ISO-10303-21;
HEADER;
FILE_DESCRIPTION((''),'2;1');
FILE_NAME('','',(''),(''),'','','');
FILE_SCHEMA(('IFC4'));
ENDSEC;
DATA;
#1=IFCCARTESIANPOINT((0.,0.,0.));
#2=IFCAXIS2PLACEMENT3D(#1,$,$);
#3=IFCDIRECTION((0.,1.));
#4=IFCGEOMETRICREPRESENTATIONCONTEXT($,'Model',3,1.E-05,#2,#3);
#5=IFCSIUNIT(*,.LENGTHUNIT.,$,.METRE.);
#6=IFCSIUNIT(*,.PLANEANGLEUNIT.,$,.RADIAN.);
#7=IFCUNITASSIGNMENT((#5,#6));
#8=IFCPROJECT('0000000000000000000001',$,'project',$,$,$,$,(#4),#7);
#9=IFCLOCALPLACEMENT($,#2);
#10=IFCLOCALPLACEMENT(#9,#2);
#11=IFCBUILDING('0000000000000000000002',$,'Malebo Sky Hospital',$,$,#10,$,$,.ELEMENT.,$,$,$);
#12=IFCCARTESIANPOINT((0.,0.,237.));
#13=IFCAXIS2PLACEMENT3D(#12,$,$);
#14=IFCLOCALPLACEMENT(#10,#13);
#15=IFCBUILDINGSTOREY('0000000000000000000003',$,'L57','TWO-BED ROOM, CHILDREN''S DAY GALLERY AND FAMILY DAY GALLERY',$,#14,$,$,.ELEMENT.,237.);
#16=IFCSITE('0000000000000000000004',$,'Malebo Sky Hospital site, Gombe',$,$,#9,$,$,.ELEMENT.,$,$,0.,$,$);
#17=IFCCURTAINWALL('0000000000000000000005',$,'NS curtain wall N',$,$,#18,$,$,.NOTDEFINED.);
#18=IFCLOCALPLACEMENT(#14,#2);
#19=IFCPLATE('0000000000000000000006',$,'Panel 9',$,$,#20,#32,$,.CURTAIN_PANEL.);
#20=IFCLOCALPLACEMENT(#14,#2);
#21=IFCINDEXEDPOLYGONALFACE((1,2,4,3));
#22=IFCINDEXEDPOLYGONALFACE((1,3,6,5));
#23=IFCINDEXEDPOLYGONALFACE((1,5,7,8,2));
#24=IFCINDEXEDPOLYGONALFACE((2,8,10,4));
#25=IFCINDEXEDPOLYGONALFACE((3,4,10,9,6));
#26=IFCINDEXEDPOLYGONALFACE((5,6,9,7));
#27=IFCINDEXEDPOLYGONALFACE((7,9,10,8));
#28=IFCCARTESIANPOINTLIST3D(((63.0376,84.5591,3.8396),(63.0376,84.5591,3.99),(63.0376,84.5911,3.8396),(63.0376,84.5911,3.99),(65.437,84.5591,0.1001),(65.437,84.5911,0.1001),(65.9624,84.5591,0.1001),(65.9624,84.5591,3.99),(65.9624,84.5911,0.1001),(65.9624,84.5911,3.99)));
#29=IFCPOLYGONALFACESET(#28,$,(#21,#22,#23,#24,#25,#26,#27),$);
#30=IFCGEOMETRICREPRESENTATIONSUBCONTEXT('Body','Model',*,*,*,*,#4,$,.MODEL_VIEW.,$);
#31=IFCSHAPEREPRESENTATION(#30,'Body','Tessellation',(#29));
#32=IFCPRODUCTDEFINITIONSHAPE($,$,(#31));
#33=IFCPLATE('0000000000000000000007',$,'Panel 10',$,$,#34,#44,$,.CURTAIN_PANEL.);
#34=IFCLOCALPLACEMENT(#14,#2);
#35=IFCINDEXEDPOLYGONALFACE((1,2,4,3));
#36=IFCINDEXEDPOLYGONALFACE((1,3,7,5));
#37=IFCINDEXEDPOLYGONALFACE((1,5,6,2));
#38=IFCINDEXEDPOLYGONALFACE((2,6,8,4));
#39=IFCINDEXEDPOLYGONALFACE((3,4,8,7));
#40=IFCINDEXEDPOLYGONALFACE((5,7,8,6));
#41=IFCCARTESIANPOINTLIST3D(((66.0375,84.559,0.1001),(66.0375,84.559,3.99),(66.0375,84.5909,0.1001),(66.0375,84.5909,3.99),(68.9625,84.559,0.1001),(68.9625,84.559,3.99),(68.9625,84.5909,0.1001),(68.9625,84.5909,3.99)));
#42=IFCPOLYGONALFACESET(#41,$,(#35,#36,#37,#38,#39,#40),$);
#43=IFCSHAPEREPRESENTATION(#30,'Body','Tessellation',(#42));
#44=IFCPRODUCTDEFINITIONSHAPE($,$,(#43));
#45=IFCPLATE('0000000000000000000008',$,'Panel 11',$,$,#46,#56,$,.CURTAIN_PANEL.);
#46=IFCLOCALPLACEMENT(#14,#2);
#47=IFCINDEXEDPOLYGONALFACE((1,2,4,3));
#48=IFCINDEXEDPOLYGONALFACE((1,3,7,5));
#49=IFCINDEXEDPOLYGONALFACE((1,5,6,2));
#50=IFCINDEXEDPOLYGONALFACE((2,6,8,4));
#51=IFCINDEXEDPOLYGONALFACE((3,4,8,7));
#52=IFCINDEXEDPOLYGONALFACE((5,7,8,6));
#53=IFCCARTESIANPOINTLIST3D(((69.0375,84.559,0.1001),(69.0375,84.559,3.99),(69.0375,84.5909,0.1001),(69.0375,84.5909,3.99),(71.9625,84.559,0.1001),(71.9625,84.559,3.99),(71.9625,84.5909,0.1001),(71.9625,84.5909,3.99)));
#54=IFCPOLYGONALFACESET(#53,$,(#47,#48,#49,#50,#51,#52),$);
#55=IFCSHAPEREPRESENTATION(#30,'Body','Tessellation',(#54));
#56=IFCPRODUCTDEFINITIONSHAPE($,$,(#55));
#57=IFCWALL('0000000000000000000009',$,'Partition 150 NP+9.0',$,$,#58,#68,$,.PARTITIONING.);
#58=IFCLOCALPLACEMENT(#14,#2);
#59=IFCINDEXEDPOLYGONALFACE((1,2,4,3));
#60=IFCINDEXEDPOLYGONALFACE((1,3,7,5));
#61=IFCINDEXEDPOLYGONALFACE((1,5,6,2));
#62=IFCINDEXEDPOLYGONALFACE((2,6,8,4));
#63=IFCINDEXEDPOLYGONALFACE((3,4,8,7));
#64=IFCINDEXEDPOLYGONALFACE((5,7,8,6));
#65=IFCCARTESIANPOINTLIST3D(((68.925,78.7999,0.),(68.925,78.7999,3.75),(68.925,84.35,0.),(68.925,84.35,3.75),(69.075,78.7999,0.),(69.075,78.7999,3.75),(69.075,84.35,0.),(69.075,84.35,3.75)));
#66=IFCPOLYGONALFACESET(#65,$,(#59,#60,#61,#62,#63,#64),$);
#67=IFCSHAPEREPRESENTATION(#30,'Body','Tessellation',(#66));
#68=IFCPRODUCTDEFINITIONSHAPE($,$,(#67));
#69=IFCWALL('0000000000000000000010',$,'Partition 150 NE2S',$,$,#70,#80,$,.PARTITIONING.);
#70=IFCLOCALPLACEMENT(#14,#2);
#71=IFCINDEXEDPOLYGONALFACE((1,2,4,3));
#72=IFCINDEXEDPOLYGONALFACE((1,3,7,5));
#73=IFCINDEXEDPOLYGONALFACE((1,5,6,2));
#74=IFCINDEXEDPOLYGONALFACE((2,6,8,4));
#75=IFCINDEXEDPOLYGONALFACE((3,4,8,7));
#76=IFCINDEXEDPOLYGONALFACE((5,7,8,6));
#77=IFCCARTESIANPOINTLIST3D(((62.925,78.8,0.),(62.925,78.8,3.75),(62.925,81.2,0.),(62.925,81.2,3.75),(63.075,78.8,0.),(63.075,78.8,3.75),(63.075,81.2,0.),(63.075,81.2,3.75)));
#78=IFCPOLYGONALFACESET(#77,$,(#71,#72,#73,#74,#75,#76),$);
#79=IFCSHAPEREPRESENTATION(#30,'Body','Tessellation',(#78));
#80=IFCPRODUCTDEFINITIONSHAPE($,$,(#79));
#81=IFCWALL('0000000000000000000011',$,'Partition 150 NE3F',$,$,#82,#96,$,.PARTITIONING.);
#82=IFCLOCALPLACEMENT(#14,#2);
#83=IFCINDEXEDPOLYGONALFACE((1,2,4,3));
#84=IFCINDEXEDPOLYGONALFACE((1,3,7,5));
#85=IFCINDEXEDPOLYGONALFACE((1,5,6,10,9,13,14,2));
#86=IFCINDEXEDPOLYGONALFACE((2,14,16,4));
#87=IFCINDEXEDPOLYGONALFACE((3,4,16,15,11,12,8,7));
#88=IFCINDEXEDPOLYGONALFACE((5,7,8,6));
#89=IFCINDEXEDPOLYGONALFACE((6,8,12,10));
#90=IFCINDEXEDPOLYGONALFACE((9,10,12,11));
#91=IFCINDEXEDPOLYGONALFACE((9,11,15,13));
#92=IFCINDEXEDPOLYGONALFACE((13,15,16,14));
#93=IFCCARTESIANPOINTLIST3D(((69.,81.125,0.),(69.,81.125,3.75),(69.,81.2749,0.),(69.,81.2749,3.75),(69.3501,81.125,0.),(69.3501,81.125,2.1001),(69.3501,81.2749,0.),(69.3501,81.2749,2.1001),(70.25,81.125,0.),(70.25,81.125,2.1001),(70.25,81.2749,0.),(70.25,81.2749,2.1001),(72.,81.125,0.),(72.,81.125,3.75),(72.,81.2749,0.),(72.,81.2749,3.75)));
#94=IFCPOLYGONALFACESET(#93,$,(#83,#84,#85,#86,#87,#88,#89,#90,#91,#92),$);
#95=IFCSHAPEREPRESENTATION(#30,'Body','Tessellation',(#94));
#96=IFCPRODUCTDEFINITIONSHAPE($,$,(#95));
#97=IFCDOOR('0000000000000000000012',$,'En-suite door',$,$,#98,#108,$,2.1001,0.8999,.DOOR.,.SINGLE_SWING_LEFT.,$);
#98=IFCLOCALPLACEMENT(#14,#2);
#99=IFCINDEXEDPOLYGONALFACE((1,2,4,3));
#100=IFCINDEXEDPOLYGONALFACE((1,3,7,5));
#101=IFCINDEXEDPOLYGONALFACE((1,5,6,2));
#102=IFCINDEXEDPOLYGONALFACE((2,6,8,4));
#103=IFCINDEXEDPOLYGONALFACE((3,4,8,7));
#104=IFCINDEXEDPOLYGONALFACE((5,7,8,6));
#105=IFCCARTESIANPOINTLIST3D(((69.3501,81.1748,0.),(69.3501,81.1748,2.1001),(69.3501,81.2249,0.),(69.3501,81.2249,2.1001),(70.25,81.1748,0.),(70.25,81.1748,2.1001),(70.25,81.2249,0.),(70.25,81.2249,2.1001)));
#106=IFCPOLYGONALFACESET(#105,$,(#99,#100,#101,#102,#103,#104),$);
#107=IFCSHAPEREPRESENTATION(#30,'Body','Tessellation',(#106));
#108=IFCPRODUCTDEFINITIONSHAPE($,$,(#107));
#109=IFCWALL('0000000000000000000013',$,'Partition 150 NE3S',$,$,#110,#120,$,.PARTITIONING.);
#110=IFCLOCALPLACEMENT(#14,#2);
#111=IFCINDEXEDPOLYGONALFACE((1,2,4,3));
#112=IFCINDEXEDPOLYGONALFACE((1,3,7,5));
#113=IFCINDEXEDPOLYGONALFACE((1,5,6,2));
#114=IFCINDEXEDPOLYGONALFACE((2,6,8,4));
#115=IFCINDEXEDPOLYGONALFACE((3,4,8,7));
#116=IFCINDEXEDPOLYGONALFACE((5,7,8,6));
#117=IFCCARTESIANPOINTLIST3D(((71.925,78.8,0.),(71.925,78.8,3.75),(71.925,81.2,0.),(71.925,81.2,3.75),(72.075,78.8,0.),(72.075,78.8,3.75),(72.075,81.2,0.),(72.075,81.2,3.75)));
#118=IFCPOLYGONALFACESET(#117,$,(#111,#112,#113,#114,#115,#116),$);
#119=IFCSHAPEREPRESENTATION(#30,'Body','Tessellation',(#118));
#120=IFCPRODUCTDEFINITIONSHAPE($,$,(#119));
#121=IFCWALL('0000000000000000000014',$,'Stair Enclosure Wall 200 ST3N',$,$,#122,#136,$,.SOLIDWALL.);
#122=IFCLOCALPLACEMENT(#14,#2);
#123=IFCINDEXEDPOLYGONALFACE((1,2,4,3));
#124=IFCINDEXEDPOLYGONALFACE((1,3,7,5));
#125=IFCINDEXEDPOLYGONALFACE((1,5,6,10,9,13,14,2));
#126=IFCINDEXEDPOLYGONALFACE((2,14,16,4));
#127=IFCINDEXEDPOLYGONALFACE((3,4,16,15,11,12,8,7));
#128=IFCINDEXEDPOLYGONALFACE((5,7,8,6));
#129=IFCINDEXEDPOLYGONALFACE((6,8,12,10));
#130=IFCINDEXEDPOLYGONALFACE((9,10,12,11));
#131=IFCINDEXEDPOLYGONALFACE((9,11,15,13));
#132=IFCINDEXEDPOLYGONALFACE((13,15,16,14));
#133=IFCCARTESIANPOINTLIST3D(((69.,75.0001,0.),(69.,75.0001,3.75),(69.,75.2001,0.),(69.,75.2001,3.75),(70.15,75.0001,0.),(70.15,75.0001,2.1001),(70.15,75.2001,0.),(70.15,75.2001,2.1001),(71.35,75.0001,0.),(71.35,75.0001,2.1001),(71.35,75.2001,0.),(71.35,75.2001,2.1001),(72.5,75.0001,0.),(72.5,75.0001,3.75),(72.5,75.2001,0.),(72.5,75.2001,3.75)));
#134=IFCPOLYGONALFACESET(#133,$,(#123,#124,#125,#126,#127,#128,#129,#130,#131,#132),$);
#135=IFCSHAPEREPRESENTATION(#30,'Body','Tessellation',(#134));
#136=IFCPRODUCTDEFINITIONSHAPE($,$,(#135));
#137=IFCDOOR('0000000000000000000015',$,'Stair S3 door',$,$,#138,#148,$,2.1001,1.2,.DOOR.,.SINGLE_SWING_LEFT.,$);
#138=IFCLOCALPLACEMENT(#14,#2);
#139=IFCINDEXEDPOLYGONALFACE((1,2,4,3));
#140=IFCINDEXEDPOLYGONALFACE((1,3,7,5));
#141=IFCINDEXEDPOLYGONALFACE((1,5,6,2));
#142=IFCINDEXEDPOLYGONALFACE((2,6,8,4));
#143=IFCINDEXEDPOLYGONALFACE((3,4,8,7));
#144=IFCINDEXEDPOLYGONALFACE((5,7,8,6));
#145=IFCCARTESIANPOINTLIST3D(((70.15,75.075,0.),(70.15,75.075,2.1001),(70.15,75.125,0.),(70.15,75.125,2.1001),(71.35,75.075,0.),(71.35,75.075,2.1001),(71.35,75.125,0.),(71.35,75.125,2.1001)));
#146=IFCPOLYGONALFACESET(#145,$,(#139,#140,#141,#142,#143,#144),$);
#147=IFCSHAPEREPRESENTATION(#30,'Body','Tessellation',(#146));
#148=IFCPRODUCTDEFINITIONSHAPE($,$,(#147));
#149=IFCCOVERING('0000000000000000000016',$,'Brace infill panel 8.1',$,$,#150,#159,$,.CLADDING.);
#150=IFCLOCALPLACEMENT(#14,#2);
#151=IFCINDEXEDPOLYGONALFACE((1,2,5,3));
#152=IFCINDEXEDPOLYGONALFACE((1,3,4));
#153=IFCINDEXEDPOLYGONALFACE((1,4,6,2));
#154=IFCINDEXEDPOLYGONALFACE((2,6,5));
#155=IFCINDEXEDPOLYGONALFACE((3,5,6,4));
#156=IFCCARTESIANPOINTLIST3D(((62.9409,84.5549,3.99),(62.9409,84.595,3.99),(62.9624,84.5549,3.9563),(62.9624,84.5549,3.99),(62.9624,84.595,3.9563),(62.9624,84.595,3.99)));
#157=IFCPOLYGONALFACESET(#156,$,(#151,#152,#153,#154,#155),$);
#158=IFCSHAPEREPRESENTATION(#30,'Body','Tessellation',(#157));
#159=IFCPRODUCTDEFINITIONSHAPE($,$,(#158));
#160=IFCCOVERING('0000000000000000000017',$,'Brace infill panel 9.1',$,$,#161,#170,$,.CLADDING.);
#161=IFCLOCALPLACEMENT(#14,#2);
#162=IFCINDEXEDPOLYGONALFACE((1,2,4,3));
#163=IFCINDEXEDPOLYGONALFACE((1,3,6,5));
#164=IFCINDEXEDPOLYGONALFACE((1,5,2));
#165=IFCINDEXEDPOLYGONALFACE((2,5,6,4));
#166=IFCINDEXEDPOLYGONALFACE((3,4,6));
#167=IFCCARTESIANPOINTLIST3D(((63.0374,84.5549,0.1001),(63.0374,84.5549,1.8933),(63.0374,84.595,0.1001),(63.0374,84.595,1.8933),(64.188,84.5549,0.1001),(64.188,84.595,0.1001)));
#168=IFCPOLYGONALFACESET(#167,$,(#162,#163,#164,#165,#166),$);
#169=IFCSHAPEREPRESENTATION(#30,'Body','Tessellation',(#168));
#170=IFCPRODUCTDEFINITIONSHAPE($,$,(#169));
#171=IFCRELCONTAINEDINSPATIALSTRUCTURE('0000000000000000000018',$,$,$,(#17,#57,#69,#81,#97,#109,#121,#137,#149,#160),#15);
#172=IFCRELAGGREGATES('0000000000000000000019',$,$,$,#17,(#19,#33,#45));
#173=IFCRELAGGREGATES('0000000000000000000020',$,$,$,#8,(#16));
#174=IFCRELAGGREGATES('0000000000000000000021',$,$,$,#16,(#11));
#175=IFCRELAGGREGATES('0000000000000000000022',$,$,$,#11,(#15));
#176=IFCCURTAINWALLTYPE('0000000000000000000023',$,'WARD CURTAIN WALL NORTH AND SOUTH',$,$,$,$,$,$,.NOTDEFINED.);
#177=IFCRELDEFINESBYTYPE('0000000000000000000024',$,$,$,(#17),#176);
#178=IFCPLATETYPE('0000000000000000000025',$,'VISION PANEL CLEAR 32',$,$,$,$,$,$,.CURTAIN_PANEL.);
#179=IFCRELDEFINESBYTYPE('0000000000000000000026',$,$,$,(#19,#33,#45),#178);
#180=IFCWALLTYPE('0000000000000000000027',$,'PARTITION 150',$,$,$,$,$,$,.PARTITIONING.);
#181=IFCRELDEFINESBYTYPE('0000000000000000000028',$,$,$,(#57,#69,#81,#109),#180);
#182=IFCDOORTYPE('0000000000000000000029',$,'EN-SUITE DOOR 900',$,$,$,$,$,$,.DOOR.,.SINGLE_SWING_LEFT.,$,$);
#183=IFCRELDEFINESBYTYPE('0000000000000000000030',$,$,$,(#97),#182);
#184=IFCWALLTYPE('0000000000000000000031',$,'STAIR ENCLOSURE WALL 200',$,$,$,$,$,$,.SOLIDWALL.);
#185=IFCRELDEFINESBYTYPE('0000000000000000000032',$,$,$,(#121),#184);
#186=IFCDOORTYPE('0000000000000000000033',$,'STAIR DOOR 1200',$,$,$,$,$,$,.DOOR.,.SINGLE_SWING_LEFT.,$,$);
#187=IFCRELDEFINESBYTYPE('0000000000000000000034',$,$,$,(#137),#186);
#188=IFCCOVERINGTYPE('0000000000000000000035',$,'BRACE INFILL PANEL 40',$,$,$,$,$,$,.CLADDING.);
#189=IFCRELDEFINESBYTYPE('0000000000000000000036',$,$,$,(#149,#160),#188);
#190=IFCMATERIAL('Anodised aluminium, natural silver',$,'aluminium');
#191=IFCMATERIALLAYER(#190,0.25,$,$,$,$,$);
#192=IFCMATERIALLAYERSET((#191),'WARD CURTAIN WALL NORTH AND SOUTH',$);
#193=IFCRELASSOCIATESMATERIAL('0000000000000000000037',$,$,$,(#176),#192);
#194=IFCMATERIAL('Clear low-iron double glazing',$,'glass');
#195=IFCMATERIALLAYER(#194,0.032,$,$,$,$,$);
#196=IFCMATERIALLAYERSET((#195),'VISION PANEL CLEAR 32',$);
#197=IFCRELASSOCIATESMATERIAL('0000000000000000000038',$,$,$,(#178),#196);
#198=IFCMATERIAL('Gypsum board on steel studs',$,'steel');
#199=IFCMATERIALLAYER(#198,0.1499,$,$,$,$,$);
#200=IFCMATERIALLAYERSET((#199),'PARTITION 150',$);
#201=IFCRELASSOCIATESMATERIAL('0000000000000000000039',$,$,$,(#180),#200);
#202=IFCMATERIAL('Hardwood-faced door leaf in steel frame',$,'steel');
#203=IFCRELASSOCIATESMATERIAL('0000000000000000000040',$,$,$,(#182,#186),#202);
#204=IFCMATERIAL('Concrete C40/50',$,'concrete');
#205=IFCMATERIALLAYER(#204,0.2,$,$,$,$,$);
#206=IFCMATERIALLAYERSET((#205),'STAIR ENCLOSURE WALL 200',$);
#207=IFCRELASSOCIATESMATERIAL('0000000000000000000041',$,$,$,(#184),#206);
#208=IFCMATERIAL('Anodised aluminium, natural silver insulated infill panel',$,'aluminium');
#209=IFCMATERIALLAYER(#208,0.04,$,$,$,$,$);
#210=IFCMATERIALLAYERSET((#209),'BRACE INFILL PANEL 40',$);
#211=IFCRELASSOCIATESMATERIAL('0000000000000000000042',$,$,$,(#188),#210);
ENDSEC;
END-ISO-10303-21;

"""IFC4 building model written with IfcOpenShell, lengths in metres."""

from ifc_helpers import new_model, si_unit, direction, frame, frame_2d, origin, origin_2d, place, context, subcontext, project, spatial, polyline, rectangle, outline, extrude, material, layer, layer_set, type_object, element, fill, aggregate, save


model = new_model("IFC4")

# Units and contexts
model_context = context("Model", 3, precision=1e-05, world=origin(), true_north=direction((0.0, 1.0)))
body_context = subcontext(model_context, "Body", "Model", "MODEL_VIEW")
ifc_project = project(units=[si_unit("LENGTHUNIT", "METRE"), si_unit("PLANEANGLEUNIT", "RADIAN")], contexts=[model_context])

# Site, building, storey
site_placement = place(None, origin())
site = spatial("IfcSite", under=ifc_project, at=site_placement, Name="Malebo Sky Hospital site, Gombe", CompositionType="ELEMENT", RefElevation=0.0)
building_placement = place(site_placement, origin())
building = spatial("IfcBuilding", under=site, at=building_placement, Name="Malebo Sky Hospital", CompositionType="ELEMENT")
storey_placement = place(building_placement, frame((0.0, 0.0, 237.0)))
storey = spatial("IfcBuildingStorey", under=building, at=storey_placement, Name="L57", Description="TWO-BED ROOM, CHILDREN'S DAY GALLERY AND FAMILY DAY GALLERY", CompositionType="ELEMENT", Elevation=237.0)

# Curtain wall
ifc_material_1 = material(Name="Anodised aluminium, natural silver", Category="aluminium")
ifc_layer_1 = layer(ifc_material_1, 0.25)
ifc_layer_set_1 = layer_set([ifc_layer_1], Name="WARD CURTAIN WALL NORTH AND SOUTH")
curtain_wall_type = type_object("IfcCurtainWallType", Name="WARD CURTAIN WALL NORTH AND SOUTH", PredefinedType="NOTDEFINED", material=ifc_layer_set_1)
curtain_wall_placement = place(storey_placement, origin())
curtain_wall = element("IfcCurtainWall", 1, at=curtain_wall_placement, inside=storey, type_object=curtain_wall_type, Name="NS curtain wall N", PredefinedType="NOTDEFINED")

# Plates
ifc_material_2 = material(Name="Clear low-iron double glazing", Category="glass")
ifc_layer_2 = layer(ifc_material_2, 0.032)
ifc_layer_set_2 = layer_set([ifc_layer_2], Name="VISION PANEL CLEAR 32")
plate_type = type_object("IfcPlateType", Name="VISION PANEL CLEAR 32", PredefinedType="CURTAIN_PANEL", material=ifc_layer_set_2)
plate_1_placement = place(storey_placement, frame((64.5, 84.575, 0.1001), z_axis=(0.0, 0.0, 1.0), x_axis=(1.0, 0.0, 0.0)))
plate_1 = element("IfcPlate", 2, at=plate_1_placement, type_object=plate_type, Name="Panel 9", PredefinedType="CURTAIN_PANEL", context=body_context, shape_type="SweptSolid", body=[
    extrude(outline(polyline([(0.937, 0.0), (1.4624, 0.0), (1.4624, 3.8899), (-1.4624, 3.8899), (-1.4624, 3.7395), (0.937, 0.0)])), frame((0.0, 0.0161, 0.0), z_axis=(0.0, -1.0, 0.0), x_axis=(1.0, 0.0, 0.0)), (0.0, 0.0, 1.0), 0.032),
])
plate_2_placement = place(storey_placement, frame((67.5, 84.575, 0.1001), z_axis=(0.0, 0.0, 1.0), x_axis=(1.0, 0.0, 0.0)))
plate_2 = element("IfcPlate", 3, at=plate_2_placement, type_object=plate_type, Name="Panel 10", PredefinedType="CURTAIN_PANEL", context=body_context, shape_type="SweptSolid", body=[
    extrude(rectangle(XDim=2.925, YDim=0.032, at=origin_2d()), origin(), (0.0, 0.0, 1.0), 3.8899),
])
plate_3_placement = place(storey_placement, frame((70.5, 84.575, 0.1001), z_axis=(0.0, 0.0, 1.0), x_axis=(1.0, 0.0, 0.0)))
plate_3 = element("IfcPlate", 4, at=plate_3_placement, type_object=plate_type, Name="Panel 11", PredefinedType="CURTAIN_PANEL", context=body_context, shape_type="SweptSolid", body=[
    extrude(rectangle(XDim=2.925, YDim=0.032, at=origin_2d()), origin(), (0.0, 0.0, 1.0), 3.8899),
])
aggregate(curtain_wall, [plate_1, plate_2, plate_3])

# Walls
ifc_material_3 = material(Name="Gypsum board on steel studs", Category="steel")
ifc_layer_3 = layer(ifc_material_3, 0.1499)
ifc_layer_set_3 = layer_set([ifc_layer_3], Name="PARTITION 150")
wall_type_1 = type_object("IfcWallType", Name="PARTITION 150", PredefinedType="PARTITIONING", material=ifc_layer_set_3)
wall_1_placement = place(storey_placement, frame((69.0, 78.8, 0.0), z_axis=(0.0, 0.0, 1.0), x_axis=(0.0, 1.0, 0.0)))
element("IfcWall", 5, at=wall_1_placement, inside=storey, type_object=wall_type_1, Name="Partition 150 NP+9.0", PredefinedType="PARTITIONING", context=body_context, shape_type="SweptSolid", body=[
    extrude(rectangle(XDim=5.55, YDim=0.1499, at=frame_2d((2.7749, 0.0))), origin(), (0.0, 0.0, 1.0), 3.75),
])
wall_2_placement = place(storey_placement, frame((63.0, 78.8, 0.0), z_axis=(0.0, 0.0, 1.0), x_axis=(0.0, 1.0, 0.0)))
element("IfcWall", 6, at=wall_2_placement, inside=storey, type_object=wall_type_1, Name="Partition 150 NE2S", PredefinedType="PARTITIONING", context=body_context, shape_type="SweptSolid", body=[
    extrude(rectangle(XDim=2.3999, YDim=0.1499, at=frame_2d((1.2, 0.0))), origin(), (0.0, 0.0, 1.0), 3.75),
])

# Wall, opening, door
wall_3_placement = place(storey_placement, frame((69.0, 81.2, 0.0), z_axis=(0.0, 0.0, 1.0), x_axis=(1.0, 0.0, 0.0)))
wall_3 = element("IfcWall", 7, at=wall_3_placement, inside=storey, type_object=wall_type_1, Name="Partition 150 NE3F", PredefinedType="PARTITIONING", context=body_context, shape_type="SweptSolid", body=[
    extrude(rectangle(XDim=3.0, YDim=0.1499, at=frame_2d((1.5, 0.0))), origin(), (0.0, 0.0, 1.0), 3.75),
])
opening_1_placement = place(wall_3_placement, frame((0.3501, 0.0, 0.0)))
opening_1 = element("IfcOpeningElement", 8, at=opening_1_placement, cuts=wall_3, PredefinedType="OPENING", context=body_context, shape_type="SweptSolid", body=[
    extrude(rectangle(XDim=0.8999, YDim=2.1001, at=frame_2d((0.45, 1.05))), frame((0.0, 0.085, 0.0), z_axis=(0.0, -1.0, 0.0), x_axis=(1.0, 0.0, 0.0)), (0.0, 0.0, 1.0), 0.1699),
])
ifc_material_4 = material(Name="Hardwood-faced door leaf in steel frame", Category="steel")
door_type_1 = type_object("IfcDoorType", Name="EN-SUITE DOOR 900", OperationType="SINGLE_SWING_LEFT", PredefinedType="DOOR", material=ifc_material_4)
door_1_placement = place(opening_1_placement, origin())
door_1 = element("IfcDoor", 9, at=door_1_placement, inside=storey, type_object=door_type_1, Name="En-suite door", OperationType="SINGLE_SWING_LEFT", OverallHeight=2.1001, OverallWidth=0.8999, PredefinedType="DOOR", context=body_context, shape_type="SweptSolid", body=[
    extrude(rectangle(XDim=0.8999, YDim=2.1001, at=frame_2d((0.45, 1.05))), frame((0.0, 0.0249, 0.0), z_axis=(0.0, -1.0, 0.0), x_axis=(1.0, 0.0, 0.0)), (0.0, 0.0, 1.0), 0.05),
])
fill(opening_1, door_1)

# Wall
wall_4_placement = place(storey_placement, frame((72.0, 78.8, 0.0), z_axis=(0.0, 0.0, 1.0), x_axis=(0.0, 1.0, 0.0)))
element("IfcWall", 10, at=wall_4_placement, inside=storey, type_object=wall_type_1, Name="Partition 150 NE3S", PredefinedType="PARTITIONING", context=body_context, shape_type="SweptSolid", body=[
    extrude(rectangle(XDim=2.3999, YDim=0.1499, at=frame_2d((1.2, 0.0))), origin(), (0.0, 0.0, 1.0), 3.75),
])

# Wall, opening, door
ifc_material_5 = material(Name="Concrete C40/50", Category="concrete")
ifc_layer_4 = layer(ifc_material_5, 0.2)
ifc_layer_set_4 = layer_set([ifc_layer_4], Name="STAIR ENCLOSURE WALL 200")
wall_type_2 = type_object("IfcWallType", Name="STAIR ENCLOSURE WALL 200", PredefinedType="SOLIDWALL", material=ifc_layer_set_4)
wall_5_placement = place(storey_placement, frame((69.0, 75.1001, 0.0), z_axis=(0.0, 0.0, 1.0), x_axis=(1.0, 0.0, 0.0)))
wall_5 = element("IfcWall", 11, at=wall_5_placement, inside=storey, type_object=wall_type_2, Name="Stair Enclosure Wall 200 ST3N", PredefinedType="SOLIDWALL", context=body_context, shape_type="SweptSolid", body=[
    extrude(rectangle(XDim=3.5, YDim=0.2, at=frame_2d((1.75, 0.0))), origin(), (0.0, 0.0, 1.0), 3.75),
])
opening_2_placement = place(wall_5_placement, frame((1.1499, 0.0, 0.0)))
opening_2 = element("IfcOpeningElement", 12, at=opening_2_placement, cuts=wall_5, PredefinedType="OPENING", context=body_context, shape_type="SweptSolid", body=[
    extrude(rectangle(XDim=1.2, YDim=2.1001, at=frame_2d((0.6001, 1.05))), frame((0.0, 0.1099, 0.0), z_axis=(0.0, -1.0, 0.0), x_axis=(1.0, 0.0, 0.0)), (0.0, 0.0, 1.0), 0.22),
])
door_type_2 = type_object("IfcDoorType", Name="STAIR DOOR 1200", OperationType="SINGLE_SWING_LEFT", PredefinedType="DOOR", material=ifc_material_4)
door_2_placement = place(opening_2_placement, origin())
door_2 = element("IfcDoor", 13, at=door_2_placement, inside=storey, type_object=door_type_2, Name="Stair S3 door", OperationType="SINGLE_SWING_LEFT", OverallHeight=2.1001, OverallWidth=1.2, PredefinedType="DOOR", context=body_context, shape_type="SweptSolid", body=[
    extrude(rectangle(XDim=1.2, YDim=2.1001, at=frame_2d((0.6001, 1.05))), frame((0.0, 0.0249, 0.0), z_axis=(0.0, -1.0, 0.0), x_axis=(1.0, 0.0, 0.0)), (0.0, 0.0, 1.0), 0.05),
])
fill(opening_2, door_2)

# Coverings
ifc_material_6 = material(Name="Anodised aluminium, natural silver insulated infill panel", Category="aluminium")
ifc_layer_5 = layer(ifc_material_6, 0.04)
ifc_layer_set_5 = layer_set([ifc_layer_5], Name="BRACE INFILL PANEL 40")
covering_type = type_object("IfcCoveringType", Name="BRACE INFILL PANEL 40", PredefinedType="CLADDING", material=ifc_layer_set_5)
covering_1_placement = place(storey_placement, frame((62.9517, 84.575, 3.9563), z_axis=(0.0, 0.0, 1.0), x_axis=(1.0, 0.0, 0.0)))
element("IfcCovering", 14, at=covering_1_placement, inside=storey, type_object=covering_type, Name="Brace infill panel 8.1", PredefinedType="CLADDING", context=body_context, shape_type="SweptSolid", body=[
    extrude(outline(polyline([(0.0107, 0.0), (0.0107, 0.0337), (-0.0107, 0.0337), (0.0107, 0.0)])), frame((0.0, 0.02, 0.0), z_axis=(0.0, -1.0, 0.0), x_axis=(1.0, 0.0, 0.0)), (0.0, 0.0, 1.0), 0.04),
])
covering_2_placement = place(storey_placement, frame((63.6128, 84.575, 0.1001), z_axis=(0.0, 0.0, 1.0), x_axis=(1.0, 0.0, 0.0)))
element("IfcCovering", 15, at=covering_2_placement, inside=storey, type_object=covering_type, Name="Brace infill panel 9.1", PredefinedType="CLADDING", context=body_context, shape_type="SweptSolid", body=[
    extrude(outline(polyline([(-0.5754, 0.0), (0.5752, 0.0), (-0.5754, 1.7932), (-0.5754, 0.0)])), frame((0.0, 0.02, 0.0), z_axis=(0.0, -1.0, 0.0), x_axis=(1.0, 0.0, 0.0)), (0.0, 0.0, 1.0), 0.04),
])

save(model, "model.ifc")
